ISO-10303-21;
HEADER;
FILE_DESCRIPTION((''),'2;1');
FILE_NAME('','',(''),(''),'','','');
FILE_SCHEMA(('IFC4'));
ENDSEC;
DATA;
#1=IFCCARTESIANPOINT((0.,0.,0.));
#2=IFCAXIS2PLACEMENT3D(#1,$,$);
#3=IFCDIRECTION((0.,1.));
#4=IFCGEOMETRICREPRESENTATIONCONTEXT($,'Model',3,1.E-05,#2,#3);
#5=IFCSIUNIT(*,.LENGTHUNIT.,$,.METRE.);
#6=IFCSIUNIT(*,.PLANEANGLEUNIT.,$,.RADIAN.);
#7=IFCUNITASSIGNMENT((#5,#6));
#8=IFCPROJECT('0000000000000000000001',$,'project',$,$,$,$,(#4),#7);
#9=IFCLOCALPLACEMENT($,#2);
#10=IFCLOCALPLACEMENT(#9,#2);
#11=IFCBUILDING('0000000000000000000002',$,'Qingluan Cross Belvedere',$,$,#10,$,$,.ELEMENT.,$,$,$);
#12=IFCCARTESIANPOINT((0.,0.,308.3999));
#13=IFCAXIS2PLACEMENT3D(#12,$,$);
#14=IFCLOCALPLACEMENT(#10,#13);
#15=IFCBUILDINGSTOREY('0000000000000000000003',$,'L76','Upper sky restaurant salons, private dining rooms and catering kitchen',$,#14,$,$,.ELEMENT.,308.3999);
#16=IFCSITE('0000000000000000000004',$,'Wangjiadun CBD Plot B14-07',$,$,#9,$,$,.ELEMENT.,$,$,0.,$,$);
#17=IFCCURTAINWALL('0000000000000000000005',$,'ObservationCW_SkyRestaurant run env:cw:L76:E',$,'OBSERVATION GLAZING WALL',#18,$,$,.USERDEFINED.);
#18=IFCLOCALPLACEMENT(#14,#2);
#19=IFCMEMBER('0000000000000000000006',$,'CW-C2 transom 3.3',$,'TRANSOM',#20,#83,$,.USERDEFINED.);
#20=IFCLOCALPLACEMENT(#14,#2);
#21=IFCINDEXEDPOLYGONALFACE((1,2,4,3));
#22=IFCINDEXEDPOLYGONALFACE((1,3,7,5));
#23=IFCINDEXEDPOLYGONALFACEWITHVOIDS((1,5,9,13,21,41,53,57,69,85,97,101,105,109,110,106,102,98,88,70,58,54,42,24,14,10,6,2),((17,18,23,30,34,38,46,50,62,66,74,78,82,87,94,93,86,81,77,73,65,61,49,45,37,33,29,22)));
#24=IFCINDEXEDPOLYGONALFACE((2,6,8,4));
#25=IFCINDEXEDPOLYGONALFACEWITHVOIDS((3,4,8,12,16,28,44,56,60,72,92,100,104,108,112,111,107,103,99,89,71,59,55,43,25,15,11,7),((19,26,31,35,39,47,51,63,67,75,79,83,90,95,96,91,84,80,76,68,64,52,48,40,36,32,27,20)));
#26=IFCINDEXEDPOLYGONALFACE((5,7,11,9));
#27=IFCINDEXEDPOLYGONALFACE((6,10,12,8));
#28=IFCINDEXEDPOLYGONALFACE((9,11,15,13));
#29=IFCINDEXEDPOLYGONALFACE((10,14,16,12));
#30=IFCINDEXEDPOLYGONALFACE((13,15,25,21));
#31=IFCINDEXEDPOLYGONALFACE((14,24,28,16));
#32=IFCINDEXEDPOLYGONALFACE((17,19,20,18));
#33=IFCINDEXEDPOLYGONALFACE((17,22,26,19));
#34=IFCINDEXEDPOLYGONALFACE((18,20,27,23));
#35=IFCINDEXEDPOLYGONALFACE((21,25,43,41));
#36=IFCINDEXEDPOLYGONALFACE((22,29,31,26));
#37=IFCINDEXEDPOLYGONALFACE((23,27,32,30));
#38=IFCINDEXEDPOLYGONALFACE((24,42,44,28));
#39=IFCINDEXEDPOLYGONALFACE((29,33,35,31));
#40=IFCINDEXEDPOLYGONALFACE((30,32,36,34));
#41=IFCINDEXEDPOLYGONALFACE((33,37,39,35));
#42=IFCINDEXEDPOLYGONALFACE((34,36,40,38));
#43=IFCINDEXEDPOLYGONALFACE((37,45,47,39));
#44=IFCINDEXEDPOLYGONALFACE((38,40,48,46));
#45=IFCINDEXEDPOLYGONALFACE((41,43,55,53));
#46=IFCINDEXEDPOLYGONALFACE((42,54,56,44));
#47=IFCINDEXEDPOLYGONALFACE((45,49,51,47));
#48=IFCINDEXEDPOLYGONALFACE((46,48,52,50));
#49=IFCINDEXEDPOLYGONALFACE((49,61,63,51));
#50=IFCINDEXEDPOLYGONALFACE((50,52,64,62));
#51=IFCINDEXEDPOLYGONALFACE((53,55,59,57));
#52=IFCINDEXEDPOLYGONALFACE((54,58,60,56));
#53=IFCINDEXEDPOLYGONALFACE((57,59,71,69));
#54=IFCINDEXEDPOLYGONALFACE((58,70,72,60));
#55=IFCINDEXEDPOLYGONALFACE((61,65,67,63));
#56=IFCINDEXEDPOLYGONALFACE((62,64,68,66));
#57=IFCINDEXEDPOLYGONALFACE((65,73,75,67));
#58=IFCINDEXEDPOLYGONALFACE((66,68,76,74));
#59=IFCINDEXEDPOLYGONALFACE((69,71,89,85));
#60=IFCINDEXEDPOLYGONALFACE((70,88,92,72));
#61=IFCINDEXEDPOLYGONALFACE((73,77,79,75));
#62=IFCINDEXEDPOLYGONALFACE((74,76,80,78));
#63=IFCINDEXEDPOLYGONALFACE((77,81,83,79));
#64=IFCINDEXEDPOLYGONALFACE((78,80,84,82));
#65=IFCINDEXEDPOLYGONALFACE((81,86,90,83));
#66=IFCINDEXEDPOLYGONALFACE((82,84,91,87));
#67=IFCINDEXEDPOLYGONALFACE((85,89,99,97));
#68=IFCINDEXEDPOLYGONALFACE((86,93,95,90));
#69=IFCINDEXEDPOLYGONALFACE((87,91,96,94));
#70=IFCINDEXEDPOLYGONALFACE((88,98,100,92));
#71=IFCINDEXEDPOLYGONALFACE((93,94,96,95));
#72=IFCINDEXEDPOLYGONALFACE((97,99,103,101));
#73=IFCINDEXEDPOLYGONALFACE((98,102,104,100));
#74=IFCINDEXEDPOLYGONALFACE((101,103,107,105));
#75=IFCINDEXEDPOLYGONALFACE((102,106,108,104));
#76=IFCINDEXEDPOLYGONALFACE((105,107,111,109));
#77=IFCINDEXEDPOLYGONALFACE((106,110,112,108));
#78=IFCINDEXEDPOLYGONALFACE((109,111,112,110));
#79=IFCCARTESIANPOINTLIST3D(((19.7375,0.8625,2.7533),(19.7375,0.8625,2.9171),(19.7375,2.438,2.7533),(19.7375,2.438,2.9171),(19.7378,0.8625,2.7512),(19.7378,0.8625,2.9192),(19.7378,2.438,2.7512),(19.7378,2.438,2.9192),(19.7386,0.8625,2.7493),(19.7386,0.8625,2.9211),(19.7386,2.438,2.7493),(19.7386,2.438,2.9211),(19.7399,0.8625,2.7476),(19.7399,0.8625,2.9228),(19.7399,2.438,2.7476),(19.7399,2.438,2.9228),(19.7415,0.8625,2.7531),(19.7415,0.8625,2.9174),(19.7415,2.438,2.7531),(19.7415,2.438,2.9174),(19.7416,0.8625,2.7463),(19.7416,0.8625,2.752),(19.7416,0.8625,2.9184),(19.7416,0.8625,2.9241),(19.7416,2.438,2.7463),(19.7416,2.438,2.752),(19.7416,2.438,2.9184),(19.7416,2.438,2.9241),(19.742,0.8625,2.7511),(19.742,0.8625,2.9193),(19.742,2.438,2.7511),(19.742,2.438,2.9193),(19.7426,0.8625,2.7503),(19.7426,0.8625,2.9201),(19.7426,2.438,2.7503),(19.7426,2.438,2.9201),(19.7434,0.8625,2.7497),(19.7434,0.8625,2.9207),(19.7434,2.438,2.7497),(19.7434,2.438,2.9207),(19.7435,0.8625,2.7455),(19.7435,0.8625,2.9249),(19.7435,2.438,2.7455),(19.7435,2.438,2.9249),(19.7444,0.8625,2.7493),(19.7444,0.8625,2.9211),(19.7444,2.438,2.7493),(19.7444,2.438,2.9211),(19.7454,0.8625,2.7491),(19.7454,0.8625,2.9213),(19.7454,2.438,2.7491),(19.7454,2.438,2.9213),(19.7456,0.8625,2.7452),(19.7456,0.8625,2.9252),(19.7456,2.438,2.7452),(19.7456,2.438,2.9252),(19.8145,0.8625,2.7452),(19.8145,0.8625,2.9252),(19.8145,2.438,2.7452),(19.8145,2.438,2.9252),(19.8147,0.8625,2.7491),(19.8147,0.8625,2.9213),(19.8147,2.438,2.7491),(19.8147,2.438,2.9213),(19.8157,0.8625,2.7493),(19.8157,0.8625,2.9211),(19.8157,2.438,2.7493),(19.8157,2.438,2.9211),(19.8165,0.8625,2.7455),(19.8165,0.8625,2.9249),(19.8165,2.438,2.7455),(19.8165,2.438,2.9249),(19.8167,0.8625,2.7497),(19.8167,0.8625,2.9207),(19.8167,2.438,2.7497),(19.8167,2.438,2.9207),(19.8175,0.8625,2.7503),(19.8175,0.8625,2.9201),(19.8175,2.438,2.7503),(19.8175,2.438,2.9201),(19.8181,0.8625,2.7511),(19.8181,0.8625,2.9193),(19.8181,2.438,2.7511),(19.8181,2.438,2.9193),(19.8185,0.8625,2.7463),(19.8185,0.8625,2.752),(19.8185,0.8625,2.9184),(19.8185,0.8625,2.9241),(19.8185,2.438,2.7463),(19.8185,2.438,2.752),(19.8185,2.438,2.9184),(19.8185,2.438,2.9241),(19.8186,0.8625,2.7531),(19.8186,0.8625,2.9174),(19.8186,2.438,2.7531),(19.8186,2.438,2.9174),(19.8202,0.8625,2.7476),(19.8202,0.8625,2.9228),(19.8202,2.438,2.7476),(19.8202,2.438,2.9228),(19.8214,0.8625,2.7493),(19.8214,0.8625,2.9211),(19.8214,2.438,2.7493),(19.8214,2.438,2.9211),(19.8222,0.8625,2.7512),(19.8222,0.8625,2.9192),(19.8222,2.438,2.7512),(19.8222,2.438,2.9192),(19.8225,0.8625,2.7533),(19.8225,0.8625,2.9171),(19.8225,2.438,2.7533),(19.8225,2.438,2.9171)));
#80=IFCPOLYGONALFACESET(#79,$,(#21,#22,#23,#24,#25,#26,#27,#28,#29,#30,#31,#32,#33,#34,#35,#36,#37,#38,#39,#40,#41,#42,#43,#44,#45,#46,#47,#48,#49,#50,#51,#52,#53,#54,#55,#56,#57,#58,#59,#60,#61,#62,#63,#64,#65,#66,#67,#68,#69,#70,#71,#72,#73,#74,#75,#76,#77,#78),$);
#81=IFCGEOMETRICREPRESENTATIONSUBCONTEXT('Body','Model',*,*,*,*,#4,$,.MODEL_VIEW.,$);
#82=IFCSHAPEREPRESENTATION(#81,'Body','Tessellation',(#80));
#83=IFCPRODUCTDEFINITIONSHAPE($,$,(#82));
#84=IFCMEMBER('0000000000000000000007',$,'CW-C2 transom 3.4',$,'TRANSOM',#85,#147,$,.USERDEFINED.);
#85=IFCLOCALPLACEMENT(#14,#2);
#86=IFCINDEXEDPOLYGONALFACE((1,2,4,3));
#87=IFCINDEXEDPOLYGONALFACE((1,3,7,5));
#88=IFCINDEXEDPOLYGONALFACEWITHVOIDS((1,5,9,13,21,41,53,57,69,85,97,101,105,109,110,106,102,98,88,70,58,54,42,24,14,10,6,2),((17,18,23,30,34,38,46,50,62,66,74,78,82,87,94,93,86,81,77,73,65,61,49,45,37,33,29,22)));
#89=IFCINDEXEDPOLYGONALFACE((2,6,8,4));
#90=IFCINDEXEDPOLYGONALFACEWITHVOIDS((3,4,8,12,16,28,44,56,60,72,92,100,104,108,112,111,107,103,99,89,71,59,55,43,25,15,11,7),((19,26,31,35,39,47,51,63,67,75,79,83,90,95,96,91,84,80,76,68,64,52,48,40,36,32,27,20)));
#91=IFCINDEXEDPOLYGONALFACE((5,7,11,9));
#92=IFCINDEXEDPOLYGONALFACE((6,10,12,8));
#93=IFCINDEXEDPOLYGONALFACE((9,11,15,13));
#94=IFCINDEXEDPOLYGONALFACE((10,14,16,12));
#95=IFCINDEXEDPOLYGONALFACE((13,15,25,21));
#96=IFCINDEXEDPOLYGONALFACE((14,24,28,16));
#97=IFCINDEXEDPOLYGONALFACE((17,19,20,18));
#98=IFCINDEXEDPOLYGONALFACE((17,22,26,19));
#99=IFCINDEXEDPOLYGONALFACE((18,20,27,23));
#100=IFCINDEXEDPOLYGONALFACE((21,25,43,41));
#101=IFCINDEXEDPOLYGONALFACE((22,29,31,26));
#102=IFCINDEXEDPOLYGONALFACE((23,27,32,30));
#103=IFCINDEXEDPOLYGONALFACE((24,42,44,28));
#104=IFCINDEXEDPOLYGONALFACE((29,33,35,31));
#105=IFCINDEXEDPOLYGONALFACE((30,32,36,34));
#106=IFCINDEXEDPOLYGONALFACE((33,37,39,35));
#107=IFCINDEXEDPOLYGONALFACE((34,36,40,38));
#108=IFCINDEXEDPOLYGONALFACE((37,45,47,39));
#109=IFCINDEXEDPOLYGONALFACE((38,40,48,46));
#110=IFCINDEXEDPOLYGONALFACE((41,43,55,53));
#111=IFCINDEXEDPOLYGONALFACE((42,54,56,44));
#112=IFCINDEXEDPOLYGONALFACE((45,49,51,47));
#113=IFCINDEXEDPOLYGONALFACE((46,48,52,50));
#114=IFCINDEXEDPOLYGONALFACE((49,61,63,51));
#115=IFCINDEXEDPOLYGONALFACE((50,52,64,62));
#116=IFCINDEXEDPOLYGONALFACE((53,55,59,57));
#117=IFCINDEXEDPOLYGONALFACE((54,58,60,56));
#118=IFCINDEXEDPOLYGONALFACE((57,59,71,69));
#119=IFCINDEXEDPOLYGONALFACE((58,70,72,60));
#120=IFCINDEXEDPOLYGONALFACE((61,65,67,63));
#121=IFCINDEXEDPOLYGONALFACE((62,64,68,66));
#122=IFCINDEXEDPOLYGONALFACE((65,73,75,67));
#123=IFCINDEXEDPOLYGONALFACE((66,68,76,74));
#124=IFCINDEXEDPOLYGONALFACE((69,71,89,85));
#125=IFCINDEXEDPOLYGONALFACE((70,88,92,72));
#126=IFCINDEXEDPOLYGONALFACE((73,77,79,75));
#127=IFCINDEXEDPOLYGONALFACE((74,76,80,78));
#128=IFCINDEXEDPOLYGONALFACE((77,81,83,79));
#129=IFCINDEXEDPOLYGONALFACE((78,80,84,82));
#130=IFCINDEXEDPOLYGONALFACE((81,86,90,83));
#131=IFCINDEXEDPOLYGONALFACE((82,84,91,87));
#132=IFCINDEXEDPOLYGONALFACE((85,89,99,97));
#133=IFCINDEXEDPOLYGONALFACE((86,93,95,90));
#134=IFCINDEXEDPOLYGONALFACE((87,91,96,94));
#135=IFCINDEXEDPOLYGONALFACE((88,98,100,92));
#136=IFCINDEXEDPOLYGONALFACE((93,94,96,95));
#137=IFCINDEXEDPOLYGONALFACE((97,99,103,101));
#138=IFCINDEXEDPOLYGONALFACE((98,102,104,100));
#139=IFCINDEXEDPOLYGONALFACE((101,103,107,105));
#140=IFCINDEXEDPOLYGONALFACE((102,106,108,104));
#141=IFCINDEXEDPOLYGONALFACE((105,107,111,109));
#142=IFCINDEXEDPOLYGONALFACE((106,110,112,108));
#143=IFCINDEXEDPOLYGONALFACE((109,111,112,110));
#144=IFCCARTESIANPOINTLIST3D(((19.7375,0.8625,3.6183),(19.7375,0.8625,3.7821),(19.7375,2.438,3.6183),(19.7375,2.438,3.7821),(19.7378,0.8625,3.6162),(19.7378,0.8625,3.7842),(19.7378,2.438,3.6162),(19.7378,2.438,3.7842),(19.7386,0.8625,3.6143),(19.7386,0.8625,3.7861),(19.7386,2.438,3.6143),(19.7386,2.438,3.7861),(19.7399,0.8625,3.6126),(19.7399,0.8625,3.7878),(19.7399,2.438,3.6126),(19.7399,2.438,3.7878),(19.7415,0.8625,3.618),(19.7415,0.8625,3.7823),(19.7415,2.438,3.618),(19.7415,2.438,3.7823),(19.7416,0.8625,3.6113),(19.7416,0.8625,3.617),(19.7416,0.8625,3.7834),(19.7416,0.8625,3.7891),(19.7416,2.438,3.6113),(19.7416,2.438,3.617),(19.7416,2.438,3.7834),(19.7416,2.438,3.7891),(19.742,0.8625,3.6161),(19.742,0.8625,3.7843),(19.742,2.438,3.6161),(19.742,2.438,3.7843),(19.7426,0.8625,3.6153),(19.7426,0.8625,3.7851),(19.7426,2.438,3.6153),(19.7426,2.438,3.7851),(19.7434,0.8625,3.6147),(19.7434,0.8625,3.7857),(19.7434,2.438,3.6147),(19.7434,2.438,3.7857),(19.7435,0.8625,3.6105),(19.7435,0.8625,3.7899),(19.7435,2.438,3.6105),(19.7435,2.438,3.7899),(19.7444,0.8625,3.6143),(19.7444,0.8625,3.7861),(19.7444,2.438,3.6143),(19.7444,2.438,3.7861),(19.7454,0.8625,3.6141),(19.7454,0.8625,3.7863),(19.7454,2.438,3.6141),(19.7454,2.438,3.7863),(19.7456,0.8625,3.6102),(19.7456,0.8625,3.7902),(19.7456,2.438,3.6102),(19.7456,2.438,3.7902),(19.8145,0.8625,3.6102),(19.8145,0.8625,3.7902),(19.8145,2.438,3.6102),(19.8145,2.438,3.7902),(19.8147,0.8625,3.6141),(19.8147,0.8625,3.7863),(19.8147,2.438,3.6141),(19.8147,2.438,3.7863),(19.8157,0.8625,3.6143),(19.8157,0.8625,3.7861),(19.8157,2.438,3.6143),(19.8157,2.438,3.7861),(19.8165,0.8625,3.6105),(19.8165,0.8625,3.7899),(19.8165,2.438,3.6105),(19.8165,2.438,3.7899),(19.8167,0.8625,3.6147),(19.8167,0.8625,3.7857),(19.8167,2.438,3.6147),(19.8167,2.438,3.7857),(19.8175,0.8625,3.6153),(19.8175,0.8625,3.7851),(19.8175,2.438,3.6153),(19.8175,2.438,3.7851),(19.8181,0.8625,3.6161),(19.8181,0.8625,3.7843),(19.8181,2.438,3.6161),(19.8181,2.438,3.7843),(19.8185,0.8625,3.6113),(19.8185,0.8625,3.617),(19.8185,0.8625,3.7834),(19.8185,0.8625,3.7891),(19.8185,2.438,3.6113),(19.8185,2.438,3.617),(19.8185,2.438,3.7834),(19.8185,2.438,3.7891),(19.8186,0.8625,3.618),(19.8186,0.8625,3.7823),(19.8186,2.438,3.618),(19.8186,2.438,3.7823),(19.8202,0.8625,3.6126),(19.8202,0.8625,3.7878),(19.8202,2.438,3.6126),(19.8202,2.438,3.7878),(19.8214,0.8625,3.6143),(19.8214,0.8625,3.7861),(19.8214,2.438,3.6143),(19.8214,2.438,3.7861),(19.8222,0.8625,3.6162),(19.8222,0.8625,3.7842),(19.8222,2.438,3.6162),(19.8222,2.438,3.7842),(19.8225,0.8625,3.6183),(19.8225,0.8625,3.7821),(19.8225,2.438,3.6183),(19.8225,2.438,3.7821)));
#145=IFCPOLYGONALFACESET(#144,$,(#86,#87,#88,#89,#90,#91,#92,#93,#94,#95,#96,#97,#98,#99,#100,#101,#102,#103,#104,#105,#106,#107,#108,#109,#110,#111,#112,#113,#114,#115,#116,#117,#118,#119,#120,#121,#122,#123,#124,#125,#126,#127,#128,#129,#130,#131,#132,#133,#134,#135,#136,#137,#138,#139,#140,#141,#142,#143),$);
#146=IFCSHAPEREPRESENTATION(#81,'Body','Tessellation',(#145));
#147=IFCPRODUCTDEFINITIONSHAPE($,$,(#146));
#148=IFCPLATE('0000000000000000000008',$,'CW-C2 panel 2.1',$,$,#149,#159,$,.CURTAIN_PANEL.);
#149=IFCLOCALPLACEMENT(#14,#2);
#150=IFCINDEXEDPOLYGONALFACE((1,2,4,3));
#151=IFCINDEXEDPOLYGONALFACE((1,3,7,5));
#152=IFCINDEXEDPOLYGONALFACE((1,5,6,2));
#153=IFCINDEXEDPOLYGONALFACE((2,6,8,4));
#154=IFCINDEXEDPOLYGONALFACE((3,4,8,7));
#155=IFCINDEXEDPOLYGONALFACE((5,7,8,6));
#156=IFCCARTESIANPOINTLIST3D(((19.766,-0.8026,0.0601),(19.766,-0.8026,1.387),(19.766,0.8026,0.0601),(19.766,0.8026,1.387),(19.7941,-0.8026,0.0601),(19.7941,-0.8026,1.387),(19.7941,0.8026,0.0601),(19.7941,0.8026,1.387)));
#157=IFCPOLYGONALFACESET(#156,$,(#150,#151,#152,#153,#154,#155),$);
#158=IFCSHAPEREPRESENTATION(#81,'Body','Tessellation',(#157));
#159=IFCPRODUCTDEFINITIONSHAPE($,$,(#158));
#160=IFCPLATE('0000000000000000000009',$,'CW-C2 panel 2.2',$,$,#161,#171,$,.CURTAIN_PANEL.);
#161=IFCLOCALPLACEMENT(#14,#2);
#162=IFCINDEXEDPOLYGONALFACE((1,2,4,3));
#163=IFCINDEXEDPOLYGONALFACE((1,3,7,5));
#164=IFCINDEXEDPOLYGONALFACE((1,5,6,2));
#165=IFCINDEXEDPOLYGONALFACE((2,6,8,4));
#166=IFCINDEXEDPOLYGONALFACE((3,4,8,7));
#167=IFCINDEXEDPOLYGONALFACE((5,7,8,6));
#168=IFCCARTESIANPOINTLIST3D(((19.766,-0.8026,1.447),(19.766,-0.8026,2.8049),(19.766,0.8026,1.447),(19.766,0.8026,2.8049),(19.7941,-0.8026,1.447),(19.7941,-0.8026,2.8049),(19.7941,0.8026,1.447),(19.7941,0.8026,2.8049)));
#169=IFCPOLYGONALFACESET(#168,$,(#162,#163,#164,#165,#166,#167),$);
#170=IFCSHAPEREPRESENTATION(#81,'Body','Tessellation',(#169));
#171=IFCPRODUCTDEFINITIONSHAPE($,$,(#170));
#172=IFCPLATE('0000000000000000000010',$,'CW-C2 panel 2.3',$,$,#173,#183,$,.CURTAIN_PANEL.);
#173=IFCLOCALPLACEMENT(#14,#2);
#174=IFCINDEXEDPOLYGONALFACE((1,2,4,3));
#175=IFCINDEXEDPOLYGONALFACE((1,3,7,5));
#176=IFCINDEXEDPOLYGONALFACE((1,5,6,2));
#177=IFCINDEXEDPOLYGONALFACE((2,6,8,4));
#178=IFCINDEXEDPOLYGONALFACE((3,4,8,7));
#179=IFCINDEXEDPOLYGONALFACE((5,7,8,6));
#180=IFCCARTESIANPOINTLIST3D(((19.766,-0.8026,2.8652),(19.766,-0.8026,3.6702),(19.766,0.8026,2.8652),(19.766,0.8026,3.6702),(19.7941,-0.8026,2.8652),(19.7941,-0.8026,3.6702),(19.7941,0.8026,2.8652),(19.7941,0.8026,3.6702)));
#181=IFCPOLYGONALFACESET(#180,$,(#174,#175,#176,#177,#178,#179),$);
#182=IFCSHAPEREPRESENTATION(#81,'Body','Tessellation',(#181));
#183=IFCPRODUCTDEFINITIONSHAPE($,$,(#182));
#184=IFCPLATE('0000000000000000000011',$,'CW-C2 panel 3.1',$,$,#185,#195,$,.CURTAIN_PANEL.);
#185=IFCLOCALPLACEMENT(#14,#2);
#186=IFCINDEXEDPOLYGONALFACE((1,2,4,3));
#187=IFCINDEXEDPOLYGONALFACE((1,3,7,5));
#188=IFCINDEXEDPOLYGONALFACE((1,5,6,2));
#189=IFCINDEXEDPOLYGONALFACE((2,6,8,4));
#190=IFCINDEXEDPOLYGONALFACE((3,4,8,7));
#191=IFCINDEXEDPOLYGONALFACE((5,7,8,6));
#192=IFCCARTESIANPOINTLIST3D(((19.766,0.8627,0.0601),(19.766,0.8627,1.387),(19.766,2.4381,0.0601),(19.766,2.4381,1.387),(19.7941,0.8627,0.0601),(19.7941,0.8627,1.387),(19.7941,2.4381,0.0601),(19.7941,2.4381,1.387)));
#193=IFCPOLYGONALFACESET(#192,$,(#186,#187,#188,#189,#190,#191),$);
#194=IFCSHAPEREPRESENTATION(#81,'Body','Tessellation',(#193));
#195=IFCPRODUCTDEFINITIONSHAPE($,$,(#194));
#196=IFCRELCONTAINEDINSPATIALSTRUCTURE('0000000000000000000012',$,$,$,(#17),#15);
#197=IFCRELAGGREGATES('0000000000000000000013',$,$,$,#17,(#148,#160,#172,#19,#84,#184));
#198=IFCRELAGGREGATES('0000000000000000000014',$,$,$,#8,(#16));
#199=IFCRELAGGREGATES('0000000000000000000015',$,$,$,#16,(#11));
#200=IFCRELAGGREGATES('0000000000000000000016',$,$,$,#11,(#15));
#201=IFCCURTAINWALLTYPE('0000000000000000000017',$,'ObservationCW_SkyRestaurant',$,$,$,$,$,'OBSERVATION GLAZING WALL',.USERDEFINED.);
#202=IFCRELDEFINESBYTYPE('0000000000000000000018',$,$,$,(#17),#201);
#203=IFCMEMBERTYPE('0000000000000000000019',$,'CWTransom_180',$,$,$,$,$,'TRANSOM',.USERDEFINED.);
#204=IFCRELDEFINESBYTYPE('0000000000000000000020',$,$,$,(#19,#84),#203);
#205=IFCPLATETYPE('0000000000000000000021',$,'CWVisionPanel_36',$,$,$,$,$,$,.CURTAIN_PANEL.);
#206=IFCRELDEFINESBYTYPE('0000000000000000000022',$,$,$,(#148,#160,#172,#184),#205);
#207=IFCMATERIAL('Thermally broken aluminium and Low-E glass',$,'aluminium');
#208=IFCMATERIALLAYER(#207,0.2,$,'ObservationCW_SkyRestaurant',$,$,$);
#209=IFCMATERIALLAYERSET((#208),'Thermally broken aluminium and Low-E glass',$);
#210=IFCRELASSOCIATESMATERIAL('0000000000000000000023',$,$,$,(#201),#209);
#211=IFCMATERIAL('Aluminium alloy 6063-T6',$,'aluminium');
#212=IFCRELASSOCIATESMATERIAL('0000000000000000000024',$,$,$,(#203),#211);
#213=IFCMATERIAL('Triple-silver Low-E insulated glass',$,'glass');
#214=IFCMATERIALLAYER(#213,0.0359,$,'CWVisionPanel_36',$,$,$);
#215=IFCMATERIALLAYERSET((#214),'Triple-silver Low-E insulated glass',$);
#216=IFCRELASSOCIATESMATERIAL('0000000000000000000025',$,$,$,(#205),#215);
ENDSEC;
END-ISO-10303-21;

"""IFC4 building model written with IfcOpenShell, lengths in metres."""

from ifc_helpers import new_model, si_unit, direction, frame, origin, origin_2d, place, context, subcontext, project, spatial, rectangle, hollow_rectangle, extrude, material, layer, layer_set, material_profile, profile_set, type_object, element, aggregate, save


model = new_model("IFC4")

# Units and contexts
model_context = context("Model", 3, precision=1e-05, world=origin(), true_north=direction((0.0, 1.0)))
body_context = subcontext(model_context, "Body", "Model", "MODEL_VIEW")
ifc_project = project(units=[si_unit("LENGTHUNIT", "METRE"), si_unit("PLANEANGLEUNIT", "RADIAN")], contexts=[model_context])

# Site, building, storey
site_placement = place(None, origin())
site = spatial("IfcSite", under=ifc_project, at=site_placement, Name="Wangjiadun CBD Plot B14-07", CompositionType="ELEMENT", RefElevation=0.0)
building_placement = place(site_placement, origin())
building = spatial("IfcBuilding", under=site, at=building_placement, Name="Qingluan Cross Belvedere", CompositionType="ELEMENT")
storey_placement = place(building_placement, frame((0.0, 0.0, 308.3999)))
storey = spatial("IfcBuildingStorey", under=building, at=storey_placement, Name="L76", Description="Upper sky restaurant salons, private dining rooms and catering kitchen", CompositionType="ELEMENT", Elevation=308.3999)

# Curtain wall, members, plates
ifc_material_1 = material(Name="Thermally broken aluminium and Low-E glass", Category="aluminium")
ifc_layer_1 = layer(ifc_material_1, 0.2, Name="ObservationCW_SkyRestaurant")
ifc_layer_set_1 = layer_set([ifc_layer_1], Name="Thermally broken aluminium and Low-E glass")
curtain_wall_type = type_object("IfcCurtainWallType", Name="ObservationCW_SkyRestaurant", ElementType="OBSERVATION GLAZING WALL", PredefinedType="USERDEFINED", material=ifc_layer_set_1)
curtain_wall_placement = place(storey_placement, origin())
curtain_wall = element("IfcCurtainWall", 1, at=curtain_wall_placement, inside=storey, type_object=curtain_wall_type, Name="ObservationCW_SkyRestaurant run env:cw:L76:E", ObjectType="OBSERVATION GLAZING WALL", PredefinedType="USERDEFINED")
ifc_material_2 = material(Name="Aluminium alloy 6063-T6", Category="aluminium")
ifc_material_profile_1 = material_profile(ifc_material_2, hollow_rectangle(XDim=0.085, YDim=0.1799, WallThickness=0.0039, InnerFilletRadius=0.0039, OuterFilletRadius=0.0081, at=origin_2d()), Name="CWT180x85x4")
ifc_profile_set_1 = profile_set([ifc_material_profile_1], Name="Aluminium alloy 6063-T6")
member_type_1 = type_object("IfcMemberType", Name="CWTransom_180", ElementType="TRANSOM", PredefinedType="USERDEFINED", material=ifc_profile_set_1)
member_1_placement = place(storey_placement, frame((19.78, 0.8625, 2.8352), z_axis=(0.0, 1.0, 0.0), x_axis=(-1.0, 0.0, 0.0)))
member_1 = element("IfcMember", 2, at=member_1_placement, type_object=member_type_1, Name="CW-C2 transom 3.3", ObjectType="TRANSOM", PredefinedType="USERDEFINED", context=body_context, shape_type="SweptSolid", body=[
    extrude(hollow_rectangle(XDim=0.085, YDim=0.1799, WallThickness=0.0039, InnerFilletRadius=0.0039, OuterFilletRadius=0.0081, at=origin_2d()), origin(), (0.0, 0.0, 1.0), 1.5754),
])
member_2_placement = place(storey_placement, frame((19.78, 0.8625, 3.7002), z_axis=(0.0, 1.0, 0.0), x_axis=(-1.0, 0.0, 0.0)))
member_2 = element("IfcMember", 3, at=member_2_placement, type_object=member_type_1, Name="CW-C2 transom 3.4", ObjectType="TRANSOM", PredefinedType="USERDEFINED", context=body_context, shape_type="SweptSolid", body=[
    extrude(hollow_rectangle(XDim=0.085, YDim=0.1799, WallThickness=0.0039, InnerFilletRadius=0.0039, OuterFilletRadius=0.0081, at=origin_2d()), origin(), (0.0, 0.0, 1.0), 1.5754),
])
ifc_material_3 = material(Name="Triple-silver Low-E insulated glass", Category="glass")
ifc_layer_2 = layer(ifc_material_3, 0.0359, Name="CWVisionPanel_36")
ifc_layer_set_2 = layer_set([ifc_layer_2], Name="Triple-silver Low-E insulated glass")
plate_type = type_object("IfcPlateType", Name="CWVisionPanel_36", PredefinedType="CURTAIN_PANEL", material=ifc_layer_set_2)
plate_1_placement = place(storey_placement, frame((19.78, 0.0, 0.0601), z_axis=(0.0, 0.0, 1.0), x_axis=(0.0, 1.0, 0.0)))
plate_1 = element("IfcPlate", 4, at=plate_1_placement, type_object=plate_type, Name="CW-C2 panel 2.1", PredefinedType="CURTAIN_PANEL", context=body_context, shape_type="SweptSolid", body=[
    extrude(rectangle(XDim=1.6052, YDim=0.0281, at=origin_2d()), origin(), (0.0, 0.0, 1.0), 1.3269),
])
plate_2_placement = place(storey_placement, frame((19.78, 0.0, 1.447), z_axis=(0.0, 0.0, 1.0), x_axis=(0.0, 1.0, 0.0)))
plate_2 = element("IfcPlate", 5, at=plate_2_placement, type_object=plate_type, Name="CW-C2 panel 2.2", PredefinedType="CURTAIN_PANEL", context=body_context, shape_type="SweptSolid", body=[
    extrude(rectangle(XDim=1.6052, YDim=0.0281, at=origin_2d()), origin(), (0.0, 0.0, 1.0), 1.3579),
])
plate_3_placement = place(storey_placement, frame((19.78, 0.0, 2.8652), z_axis=(0.0, 0.0, 1.0), x_axis=(0.0, 1.0, 0.0)))
plate_3 = element("IfcPlate", 6, at=plate_3_placement, type_object=plate_type, Name="CW-C2 panel 2.3", PredefinedType="CURTAIN_PANEL", context=body_context, shape_type="SweptSolid", body=[
    extrude(rectangle(XDim=1.6052, YDim=0.0281, at=origin_2d()), origin(), (0.0, 0.0, 1.0), 0.8049),
])
plate_4_placement = place(storey_placement, frame((19.78, 1.6504, 0.0601), z_axis=(0.0, 0.0, 1.0), x_axis=(0.0, 1.0, 0.0)))
plate_4 = element("IfcPlate", 7, at=plate_4_placement, type_object=plate_type, Name="CW-C2 panel 3.1", PredefinedType="CURTAIN_PANEL", context=body_context, shape_type="SweptSolid", body=[
    extrude(rectangle(XDim=1.5754, YDim=0.0281, at=origin_2d()), origin(), (0.0, 0.0, 1.0), 1.3269),
])
aggregate(curtain_wall, [plate_1, plate_2, plate_3, member_1, member_2, plate_4])

save(model, "model.ifc")
